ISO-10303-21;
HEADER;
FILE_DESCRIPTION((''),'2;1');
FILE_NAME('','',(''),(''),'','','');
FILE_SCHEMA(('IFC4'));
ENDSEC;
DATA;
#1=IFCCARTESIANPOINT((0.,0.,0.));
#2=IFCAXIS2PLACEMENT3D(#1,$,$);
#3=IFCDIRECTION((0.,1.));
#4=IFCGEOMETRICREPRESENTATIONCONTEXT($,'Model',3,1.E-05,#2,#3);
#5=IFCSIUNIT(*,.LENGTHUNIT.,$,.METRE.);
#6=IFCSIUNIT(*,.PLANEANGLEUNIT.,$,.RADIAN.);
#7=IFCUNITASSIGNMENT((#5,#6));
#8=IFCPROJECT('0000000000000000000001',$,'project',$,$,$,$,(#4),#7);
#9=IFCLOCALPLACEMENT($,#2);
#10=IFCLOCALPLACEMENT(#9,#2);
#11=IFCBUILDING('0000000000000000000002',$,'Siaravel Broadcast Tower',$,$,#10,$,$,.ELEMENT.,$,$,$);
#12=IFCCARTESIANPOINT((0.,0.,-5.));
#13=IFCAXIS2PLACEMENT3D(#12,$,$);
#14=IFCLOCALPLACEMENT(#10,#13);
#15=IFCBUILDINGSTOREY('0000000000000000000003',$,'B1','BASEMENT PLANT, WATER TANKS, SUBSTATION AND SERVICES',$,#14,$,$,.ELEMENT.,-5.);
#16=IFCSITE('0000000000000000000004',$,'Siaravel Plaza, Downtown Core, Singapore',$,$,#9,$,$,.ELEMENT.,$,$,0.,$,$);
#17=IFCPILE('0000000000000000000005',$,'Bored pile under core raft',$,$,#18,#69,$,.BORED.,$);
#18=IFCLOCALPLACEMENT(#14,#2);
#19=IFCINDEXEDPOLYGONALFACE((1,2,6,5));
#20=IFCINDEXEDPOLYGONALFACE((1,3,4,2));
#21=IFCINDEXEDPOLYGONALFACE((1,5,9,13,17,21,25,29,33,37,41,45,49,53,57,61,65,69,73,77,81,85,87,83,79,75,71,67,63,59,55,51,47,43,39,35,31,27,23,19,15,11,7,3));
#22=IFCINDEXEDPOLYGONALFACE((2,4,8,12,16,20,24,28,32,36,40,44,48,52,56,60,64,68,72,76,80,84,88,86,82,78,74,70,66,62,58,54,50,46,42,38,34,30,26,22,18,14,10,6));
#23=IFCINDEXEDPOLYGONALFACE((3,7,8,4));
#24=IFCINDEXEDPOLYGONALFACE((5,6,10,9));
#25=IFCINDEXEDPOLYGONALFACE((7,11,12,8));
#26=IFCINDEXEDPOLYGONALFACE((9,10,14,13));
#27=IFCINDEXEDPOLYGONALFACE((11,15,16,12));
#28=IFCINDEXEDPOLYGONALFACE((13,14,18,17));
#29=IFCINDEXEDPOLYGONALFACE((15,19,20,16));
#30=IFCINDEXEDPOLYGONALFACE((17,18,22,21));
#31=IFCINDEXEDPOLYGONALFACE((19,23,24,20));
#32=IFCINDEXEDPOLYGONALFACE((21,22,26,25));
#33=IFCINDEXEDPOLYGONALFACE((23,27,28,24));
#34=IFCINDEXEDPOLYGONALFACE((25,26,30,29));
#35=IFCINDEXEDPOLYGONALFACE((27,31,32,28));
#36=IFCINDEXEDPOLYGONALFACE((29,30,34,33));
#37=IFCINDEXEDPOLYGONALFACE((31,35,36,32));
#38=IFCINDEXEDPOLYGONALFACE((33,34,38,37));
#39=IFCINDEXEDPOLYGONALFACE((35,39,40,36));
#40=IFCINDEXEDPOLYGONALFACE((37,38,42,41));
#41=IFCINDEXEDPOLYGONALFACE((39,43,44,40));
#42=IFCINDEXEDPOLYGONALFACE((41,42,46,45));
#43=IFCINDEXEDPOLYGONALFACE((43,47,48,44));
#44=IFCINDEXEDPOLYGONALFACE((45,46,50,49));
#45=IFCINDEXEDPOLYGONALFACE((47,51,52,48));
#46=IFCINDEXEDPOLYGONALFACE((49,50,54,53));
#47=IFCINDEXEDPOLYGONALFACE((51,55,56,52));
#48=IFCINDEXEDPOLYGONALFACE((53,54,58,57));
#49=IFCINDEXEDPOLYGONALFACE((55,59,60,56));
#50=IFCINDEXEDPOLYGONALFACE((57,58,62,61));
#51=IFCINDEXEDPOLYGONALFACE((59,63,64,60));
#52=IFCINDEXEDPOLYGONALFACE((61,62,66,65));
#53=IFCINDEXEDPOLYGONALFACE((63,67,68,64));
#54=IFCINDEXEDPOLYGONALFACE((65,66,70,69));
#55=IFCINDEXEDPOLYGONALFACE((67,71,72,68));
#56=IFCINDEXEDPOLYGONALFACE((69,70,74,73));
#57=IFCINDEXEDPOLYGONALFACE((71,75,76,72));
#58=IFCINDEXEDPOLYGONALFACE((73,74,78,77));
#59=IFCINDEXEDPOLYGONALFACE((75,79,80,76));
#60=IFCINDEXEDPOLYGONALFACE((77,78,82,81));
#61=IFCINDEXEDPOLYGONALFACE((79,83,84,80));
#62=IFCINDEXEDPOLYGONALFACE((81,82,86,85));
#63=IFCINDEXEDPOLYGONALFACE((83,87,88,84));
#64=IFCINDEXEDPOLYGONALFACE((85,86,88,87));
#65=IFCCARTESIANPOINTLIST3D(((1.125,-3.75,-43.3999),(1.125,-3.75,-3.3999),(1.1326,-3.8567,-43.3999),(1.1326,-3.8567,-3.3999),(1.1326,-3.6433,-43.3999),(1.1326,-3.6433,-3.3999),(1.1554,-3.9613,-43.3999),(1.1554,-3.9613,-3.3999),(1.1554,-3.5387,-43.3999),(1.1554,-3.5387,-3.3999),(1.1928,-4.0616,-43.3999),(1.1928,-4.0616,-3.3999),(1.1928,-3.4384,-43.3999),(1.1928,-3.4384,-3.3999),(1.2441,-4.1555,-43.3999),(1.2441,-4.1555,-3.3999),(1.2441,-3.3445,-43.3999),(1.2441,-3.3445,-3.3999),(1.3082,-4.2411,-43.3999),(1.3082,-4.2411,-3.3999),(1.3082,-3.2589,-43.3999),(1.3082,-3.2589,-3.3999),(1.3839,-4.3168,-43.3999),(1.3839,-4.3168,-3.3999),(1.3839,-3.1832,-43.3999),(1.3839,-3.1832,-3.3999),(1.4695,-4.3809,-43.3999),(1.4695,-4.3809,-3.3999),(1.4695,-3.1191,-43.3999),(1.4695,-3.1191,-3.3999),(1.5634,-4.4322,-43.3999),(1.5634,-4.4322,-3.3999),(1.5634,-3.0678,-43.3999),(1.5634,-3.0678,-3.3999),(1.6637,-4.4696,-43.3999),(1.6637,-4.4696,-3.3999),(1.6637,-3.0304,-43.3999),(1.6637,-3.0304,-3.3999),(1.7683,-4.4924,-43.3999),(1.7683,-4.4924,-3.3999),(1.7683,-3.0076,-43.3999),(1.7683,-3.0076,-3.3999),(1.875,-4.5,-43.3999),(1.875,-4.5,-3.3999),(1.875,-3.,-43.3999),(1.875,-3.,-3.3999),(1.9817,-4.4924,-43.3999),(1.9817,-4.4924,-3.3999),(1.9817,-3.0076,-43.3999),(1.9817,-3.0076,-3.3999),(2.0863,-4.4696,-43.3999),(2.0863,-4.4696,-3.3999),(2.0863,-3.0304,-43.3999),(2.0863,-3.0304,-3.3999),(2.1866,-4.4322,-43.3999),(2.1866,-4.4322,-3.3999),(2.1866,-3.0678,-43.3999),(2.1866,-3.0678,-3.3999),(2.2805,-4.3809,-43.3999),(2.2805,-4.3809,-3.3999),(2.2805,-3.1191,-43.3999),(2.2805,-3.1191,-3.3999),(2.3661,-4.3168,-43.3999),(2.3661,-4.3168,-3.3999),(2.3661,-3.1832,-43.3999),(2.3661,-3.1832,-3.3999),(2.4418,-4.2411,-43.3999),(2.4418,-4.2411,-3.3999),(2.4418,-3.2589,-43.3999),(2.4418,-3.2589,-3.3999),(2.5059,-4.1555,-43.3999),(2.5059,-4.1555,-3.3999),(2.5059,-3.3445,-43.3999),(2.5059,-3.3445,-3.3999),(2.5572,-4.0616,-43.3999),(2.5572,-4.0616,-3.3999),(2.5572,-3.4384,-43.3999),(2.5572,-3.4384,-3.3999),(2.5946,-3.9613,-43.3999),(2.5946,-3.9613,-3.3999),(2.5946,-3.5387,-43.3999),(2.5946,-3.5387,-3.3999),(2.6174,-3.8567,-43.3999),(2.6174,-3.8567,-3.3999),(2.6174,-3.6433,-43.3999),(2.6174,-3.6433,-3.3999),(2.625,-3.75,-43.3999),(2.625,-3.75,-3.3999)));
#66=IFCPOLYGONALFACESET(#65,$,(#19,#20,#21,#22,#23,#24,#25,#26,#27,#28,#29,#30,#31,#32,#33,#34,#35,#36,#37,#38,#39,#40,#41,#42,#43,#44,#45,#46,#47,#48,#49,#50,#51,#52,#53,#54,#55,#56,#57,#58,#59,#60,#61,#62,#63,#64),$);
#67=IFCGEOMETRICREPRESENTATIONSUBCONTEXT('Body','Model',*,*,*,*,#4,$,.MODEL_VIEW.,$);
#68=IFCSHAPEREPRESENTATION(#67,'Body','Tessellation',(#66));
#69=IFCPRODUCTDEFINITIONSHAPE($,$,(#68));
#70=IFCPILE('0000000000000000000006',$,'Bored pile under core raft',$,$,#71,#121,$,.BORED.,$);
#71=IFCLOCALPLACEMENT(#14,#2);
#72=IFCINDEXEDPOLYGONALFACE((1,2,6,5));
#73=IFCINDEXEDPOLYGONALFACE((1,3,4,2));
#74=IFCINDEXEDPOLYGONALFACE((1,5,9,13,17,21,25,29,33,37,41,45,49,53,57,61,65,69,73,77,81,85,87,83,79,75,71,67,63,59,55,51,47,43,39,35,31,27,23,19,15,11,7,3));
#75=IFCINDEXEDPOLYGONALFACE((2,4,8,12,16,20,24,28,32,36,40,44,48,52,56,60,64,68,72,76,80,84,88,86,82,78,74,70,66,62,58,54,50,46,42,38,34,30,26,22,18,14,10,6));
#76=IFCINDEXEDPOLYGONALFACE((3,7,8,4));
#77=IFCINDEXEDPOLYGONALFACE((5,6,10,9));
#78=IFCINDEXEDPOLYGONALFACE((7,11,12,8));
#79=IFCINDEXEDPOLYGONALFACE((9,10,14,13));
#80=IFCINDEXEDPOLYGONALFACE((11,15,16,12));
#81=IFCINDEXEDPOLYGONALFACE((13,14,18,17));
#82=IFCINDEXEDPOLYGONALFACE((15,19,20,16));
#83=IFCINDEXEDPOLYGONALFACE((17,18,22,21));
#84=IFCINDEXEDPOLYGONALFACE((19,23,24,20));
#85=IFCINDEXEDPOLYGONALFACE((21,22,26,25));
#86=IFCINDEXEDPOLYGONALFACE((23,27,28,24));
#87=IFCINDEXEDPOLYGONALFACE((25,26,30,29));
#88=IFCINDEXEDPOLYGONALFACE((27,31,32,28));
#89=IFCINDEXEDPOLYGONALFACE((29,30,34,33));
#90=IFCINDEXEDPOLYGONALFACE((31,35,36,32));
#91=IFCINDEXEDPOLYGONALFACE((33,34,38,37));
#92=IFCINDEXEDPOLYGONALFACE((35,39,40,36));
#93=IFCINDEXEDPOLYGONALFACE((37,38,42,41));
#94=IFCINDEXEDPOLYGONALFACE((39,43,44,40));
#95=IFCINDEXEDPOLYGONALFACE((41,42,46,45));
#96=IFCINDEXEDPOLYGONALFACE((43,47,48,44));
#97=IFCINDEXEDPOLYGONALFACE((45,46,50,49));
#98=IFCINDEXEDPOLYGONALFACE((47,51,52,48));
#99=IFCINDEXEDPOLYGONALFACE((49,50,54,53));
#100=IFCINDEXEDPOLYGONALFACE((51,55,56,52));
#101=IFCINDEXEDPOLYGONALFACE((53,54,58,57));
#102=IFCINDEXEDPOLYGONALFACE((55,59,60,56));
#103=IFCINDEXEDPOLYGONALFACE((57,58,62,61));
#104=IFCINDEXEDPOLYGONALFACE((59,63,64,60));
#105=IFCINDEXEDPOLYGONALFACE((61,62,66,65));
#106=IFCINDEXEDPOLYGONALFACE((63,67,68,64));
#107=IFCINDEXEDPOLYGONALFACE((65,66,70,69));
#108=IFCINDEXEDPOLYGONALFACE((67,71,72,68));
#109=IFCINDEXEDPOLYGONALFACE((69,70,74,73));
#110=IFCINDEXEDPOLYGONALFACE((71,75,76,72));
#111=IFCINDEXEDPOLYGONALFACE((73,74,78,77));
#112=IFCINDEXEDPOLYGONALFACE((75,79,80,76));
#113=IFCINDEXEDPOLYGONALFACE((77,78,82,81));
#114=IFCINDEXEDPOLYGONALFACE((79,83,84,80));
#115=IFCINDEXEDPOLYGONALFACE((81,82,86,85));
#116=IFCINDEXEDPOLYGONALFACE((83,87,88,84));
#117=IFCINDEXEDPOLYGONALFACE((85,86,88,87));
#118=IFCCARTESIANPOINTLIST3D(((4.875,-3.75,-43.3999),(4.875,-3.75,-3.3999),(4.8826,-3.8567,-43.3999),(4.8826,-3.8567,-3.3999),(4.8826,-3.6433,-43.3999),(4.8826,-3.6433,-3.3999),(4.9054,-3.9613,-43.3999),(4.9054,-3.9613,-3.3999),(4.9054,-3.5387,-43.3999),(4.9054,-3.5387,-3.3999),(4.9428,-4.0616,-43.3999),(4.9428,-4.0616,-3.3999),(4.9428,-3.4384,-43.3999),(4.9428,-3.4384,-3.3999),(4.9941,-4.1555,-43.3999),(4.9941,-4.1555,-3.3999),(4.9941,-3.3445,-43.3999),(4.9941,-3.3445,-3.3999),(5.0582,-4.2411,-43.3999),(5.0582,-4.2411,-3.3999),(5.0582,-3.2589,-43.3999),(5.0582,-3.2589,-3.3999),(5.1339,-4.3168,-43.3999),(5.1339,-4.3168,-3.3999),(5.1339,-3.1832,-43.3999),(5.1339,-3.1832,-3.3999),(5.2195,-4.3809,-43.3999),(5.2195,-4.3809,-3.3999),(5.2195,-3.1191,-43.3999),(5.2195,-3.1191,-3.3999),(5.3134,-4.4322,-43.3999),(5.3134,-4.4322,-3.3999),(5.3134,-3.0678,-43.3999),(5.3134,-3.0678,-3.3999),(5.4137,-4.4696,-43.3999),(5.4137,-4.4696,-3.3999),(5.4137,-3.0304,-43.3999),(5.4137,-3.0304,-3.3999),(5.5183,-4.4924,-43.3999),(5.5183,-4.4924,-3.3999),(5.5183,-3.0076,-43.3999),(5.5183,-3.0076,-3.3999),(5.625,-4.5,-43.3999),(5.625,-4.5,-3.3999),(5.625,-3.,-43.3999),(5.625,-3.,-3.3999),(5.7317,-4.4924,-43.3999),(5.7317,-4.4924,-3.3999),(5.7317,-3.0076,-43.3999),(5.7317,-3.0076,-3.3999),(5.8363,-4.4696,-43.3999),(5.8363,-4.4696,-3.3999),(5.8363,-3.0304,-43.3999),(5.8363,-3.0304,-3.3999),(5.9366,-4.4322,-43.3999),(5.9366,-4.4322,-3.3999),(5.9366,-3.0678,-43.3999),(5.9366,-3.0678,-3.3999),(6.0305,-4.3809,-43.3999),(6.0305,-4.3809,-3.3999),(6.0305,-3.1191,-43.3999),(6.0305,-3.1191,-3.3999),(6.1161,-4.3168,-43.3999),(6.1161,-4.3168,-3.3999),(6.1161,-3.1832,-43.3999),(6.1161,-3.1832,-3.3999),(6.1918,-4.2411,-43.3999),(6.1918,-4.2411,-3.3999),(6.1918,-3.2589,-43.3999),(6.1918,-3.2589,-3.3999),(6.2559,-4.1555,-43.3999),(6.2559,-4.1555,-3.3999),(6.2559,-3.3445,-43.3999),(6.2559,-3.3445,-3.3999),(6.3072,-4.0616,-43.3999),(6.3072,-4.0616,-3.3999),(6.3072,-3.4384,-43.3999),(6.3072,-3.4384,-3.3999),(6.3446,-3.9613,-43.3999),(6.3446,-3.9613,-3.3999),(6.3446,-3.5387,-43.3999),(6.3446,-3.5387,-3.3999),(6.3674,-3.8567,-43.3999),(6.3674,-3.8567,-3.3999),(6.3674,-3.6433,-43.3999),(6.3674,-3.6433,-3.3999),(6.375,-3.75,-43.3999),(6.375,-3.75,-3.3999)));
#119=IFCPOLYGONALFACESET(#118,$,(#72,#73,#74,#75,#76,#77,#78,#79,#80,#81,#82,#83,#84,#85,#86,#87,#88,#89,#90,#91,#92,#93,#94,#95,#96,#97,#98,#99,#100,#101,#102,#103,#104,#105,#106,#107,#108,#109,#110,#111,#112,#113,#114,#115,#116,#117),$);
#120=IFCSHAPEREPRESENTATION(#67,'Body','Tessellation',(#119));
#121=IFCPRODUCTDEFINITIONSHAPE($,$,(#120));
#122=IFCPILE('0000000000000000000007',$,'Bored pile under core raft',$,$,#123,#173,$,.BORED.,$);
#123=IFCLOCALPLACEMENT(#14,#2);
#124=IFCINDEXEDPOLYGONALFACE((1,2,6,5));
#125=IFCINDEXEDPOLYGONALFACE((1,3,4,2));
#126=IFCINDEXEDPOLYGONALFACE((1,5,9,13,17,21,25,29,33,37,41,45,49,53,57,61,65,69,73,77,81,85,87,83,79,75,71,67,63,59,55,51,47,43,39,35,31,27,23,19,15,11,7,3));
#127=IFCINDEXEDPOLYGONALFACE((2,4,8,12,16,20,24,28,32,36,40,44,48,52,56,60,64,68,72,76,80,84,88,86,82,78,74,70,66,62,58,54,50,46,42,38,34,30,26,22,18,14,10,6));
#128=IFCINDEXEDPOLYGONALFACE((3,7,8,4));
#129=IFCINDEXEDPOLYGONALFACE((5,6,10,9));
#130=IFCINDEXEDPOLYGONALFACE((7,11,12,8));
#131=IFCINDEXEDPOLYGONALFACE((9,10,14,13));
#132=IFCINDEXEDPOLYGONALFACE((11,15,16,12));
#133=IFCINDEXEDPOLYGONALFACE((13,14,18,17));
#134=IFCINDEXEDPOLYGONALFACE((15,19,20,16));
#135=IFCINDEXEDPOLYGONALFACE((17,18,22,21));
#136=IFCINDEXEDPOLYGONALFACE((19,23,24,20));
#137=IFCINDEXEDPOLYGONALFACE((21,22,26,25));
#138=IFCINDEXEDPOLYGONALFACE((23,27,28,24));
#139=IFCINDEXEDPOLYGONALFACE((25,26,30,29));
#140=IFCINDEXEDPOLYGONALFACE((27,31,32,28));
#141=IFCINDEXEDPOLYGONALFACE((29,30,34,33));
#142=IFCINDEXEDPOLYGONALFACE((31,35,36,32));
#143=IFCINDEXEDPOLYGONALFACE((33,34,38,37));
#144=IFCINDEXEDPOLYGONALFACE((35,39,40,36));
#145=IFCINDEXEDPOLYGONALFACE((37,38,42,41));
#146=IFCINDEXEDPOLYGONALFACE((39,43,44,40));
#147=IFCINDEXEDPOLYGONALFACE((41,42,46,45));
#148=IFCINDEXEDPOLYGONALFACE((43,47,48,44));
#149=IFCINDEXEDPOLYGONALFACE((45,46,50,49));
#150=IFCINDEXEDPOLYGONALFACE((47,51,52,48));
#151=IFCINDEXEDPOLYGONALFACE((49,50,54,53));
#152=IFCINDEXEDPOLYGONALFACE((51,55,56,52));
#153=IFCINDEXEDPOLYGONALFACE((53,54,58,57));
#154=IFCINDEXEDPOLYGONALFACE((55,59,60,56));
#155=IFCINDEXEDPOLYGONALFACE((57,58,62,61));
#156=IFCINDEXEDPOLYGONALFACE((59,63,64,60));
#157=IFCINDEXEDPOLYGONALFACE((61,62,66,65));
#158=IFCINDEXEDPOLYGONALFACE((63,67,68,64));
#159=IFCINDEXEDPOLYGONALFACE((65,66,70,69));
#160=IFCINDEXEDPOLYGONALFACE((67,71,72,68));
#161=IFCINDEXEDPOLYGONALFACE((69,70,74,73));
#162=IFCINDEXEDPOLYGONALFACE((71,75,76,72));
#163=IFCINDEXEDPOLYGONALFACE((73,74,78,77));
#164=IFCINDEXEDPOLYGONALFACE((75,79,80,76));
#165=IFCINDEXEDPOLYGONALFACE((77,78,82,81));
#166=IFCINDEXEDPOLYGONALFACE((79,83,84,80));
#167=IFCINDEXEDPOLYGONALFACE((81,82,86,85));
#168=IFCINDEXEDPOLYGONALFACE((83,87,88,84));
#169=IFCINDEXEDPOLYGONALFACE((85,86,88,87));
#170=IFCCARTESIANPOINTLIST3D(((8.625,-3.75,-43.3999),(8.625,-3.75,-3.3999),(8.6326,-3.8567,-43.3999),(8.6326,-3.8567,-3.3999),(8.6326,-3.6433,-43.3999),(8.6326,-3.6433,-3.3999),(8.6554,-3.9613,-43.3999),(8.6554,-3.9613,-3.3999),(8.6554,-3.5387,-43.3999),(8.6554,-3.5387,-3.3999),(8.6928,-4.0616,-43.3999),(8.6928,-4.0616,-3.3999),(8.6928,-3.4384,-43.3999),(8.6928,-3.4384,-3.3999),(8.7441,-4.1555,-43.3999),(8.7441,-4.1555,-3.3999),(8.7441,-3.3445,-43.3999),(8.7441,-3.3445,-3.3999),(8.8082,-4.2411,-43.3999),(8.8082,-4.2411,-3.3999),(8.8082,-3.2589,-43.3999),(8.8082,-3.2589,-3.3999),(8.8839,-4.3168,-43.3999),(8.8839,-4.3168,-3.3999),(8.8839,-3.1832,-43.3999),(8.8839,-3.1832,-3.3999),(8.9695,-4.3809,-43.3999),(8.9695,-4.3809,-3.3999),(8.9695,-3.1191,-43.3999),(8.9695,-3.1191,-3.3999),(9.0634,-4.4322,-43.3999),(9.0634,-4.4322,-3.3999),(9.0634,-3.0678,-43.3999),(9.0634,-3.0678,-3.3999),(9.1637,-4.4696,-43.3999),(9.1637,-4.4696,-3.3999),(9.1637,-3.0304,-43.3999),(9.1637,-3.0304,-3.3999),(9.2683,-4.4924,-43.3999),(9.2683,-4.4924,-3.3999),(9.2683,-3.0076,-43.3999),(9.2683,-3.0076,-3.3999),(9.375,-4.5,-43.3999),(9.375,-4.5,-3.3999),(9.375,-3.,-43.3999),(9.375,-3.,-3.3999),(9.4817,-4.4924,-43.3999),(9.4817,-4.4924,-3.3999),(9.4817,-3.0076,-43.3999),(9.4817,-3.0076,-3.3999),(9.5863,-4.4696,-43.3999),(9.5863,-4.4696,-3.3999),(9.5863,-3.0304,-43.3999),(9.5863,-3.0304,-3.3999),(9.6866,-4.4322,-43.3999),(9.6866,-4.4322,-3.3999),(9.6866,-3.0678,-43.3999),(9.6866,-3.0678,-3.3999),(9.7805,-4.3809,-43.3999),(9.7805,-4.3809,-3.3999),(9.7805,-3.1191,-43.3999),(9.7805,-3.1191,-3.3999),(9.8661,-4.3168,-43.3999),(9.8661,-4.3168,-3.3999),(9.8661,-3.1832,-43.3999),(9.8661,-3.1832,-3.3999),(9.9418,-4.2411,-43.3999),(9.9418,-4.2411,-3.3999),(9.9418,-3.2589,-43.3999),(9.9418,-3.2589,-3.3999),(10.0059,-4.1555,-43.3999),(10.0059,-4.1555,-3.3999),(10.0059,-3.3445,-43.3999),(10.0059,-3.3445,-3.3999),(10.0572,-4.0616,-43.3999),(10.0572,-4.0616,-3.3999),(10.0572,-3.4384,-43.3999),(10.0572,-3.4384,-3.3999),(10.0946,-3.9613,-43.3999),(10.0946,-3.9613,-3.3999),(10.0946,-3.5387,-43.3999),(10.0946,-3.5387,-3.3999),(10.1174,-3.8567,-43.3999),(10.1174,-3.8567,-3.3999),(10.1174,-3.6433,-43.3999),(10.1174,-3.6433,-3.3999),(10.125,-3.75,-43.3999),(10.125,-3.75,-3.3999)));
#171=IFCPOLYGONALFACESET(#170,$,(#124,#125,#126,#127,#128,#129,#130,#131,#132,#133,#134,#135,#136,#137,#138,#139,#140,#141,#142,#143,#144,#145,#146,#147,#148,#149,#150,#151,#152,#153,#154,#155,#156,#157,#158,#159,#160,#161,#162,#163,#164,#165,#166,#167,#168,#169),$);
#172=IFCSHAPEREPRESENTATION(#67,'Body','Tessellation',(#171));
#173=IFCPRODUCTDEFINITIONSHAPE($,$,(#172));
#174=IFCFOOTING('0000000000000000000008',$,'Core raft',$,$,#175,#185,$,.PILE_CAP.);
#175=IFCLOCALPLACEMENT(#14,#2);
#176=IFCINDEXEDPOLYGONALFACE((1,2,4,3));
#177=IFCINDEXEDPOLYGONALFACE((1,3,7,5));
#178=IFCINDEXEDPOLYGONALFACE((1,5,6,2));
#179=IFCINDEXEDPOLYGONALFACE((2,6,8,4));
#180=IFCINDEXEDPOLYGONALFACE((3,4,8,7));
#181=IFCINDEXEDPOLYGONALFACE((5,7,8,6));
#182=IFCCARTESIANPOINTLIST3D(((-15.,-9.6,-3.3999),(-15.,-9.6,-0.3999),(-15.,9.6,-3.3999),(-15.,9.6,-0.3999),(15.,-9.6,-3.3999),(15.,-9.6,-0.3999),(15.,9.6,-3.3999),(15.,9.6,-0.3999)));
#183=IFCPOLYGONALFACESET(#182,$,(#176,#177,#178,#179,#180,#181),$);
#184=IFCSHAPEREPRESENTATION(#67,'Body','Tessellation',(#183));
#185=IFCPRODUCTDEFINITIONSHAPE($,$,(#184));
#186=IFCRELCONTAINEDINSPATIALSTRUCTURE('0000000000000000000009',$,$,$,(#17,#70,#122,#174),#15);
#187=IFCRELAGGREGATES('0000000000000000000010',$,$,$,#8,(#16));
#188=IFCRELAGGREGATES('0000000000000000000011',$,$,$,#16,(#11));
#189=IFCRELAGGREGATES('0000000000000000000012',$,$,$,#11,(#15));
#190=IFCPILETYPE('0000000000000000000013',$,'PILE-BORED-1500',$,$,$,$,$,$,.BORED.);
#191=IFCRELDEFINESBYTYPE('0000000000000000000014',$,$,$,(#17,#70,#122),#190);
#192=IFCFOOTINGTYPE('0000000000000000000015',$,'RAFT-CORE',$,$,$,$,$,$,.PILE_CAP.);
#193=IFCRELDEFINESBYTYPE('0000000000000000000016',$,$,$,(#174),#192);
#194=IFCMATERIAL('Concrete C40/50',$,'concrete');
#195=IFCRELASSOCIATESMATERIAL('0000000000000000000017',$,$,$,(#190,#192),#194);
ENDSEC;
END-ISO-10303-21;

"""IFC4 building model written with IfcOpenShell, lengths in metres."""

from ifc_helpers import new_model, si_unit, direction, frame, origin, origin_2d, place, context, subcontext, project, spatial, rectangle, circle, extrude, material, material_profile, profile_set, type_object, element, save


model = new_model("IFC4")

# Units and contexts
model_context = context("Model", 3, precision=1e-05, world=origin(), true_north=direction((0.0, 1.0)))
body_context = subcontext(model_context, "Body", "Model", "MODEL_VIEW")
ifc_project = project(units=[si_unit("LENGTHUNIT", "METRE"), si_unit("PLANEANGLEUNIT", "RADIAN")], contexts=[model_context])

# Site, building, storey
site_placement = place(None, origin())
site = spatial("IfcSite", under=ifc_project, at=site_placement, Name="Siaravel Plaza, Downtown Core, Singapore", CompositionType="ELEMENT", RefElevation=0.0)
building_placement = place(site_placement, origin())
building = spatial("IfcBuilding", under=site, at=building_placement, Name="Siaravel Broadcast Tower", CompositionType="ELEMENT")
storey_placement = place(building_placement, frame((0.0, 0.0, -5.0)))
storey = spatial("IfcBuildingStorey", under=building, at=storey_placement, Name="B1", Description="BASEMENT PLANT, WATER TANKS, SUBSTATION AND SERVICES", CompositionType="ELEMENT", Elevation=-5.0)

# Piles
ifc_material_1 = material(Name="Concrete C40/50", Category="concrete")
ifc_material_profile = material_profile(ifc_material_1, circle(Radius=0.75, at=origin_2d()))
ifc_profile_set = profile_set([ifc_material_profile], Name="Concrete C40/50")
pile_type = type_object("IfcPileType", Name="PILE-BORED-1500", PredefinedType="BORED", material=ifc_profile_set)
for number, where, z_axis, x_axis, name in (
    (1, (1.875, -3.75, -3.3999), (0.0, 0.0, -1.0), (1.0, 0.0, 0.0), "Bored pile under core raft"),
    (2, (5.625, -3.75, -3.3999), (0.0, 0.0, -1.0), (1.0, 0.0, 0.0), "Bored pile under core raft"),
    (3, (9.375, -3.75, -3.3999), (0.0, 0.0, -1.0), (1.0, 0.0, 0.0), "Bored pile under core raft"),
):
    element("IfcPile", number, at=place(storey_placement, frame(where, z_axis=z_axis, x_axis=x_axis)), inside=storey, type_object=pile_type, Name=name, PredefinedType="BORED", context=body_context, shape_type="SweptSolid", body=[
        extrude(circle(Radius=0.75, at=origin_2d()), origin(), (0.0, 0.0, 1.0), 40.0),
    ])

# Footing
footing_type = type_object("IfcFootingType", Name="RAFT-CORE", PredefinedType="PILE_CAP", material=ifc_material_1)
footing_placement = place(storey_placement, frame((0.0, 0.0, -3.3999), z_axis=(0.0, 0.0, 1.0), x_axis=(1.0, 0.0, 0.0)))
element("IfcFooting", 4, at=footing_placement, inside=storey, type_object=footing_type, Name="Core raft", PredefinedType="PILE_CAP", context=body_context, shape_type="SweptSolid", body=[
    extrude(rectangle(XDim=30.0, YDim=19.2, at=origin_2d()), origin(), (0.0, 0.0, 1.0), 3.0),
])

save(model, "model.ifc")
